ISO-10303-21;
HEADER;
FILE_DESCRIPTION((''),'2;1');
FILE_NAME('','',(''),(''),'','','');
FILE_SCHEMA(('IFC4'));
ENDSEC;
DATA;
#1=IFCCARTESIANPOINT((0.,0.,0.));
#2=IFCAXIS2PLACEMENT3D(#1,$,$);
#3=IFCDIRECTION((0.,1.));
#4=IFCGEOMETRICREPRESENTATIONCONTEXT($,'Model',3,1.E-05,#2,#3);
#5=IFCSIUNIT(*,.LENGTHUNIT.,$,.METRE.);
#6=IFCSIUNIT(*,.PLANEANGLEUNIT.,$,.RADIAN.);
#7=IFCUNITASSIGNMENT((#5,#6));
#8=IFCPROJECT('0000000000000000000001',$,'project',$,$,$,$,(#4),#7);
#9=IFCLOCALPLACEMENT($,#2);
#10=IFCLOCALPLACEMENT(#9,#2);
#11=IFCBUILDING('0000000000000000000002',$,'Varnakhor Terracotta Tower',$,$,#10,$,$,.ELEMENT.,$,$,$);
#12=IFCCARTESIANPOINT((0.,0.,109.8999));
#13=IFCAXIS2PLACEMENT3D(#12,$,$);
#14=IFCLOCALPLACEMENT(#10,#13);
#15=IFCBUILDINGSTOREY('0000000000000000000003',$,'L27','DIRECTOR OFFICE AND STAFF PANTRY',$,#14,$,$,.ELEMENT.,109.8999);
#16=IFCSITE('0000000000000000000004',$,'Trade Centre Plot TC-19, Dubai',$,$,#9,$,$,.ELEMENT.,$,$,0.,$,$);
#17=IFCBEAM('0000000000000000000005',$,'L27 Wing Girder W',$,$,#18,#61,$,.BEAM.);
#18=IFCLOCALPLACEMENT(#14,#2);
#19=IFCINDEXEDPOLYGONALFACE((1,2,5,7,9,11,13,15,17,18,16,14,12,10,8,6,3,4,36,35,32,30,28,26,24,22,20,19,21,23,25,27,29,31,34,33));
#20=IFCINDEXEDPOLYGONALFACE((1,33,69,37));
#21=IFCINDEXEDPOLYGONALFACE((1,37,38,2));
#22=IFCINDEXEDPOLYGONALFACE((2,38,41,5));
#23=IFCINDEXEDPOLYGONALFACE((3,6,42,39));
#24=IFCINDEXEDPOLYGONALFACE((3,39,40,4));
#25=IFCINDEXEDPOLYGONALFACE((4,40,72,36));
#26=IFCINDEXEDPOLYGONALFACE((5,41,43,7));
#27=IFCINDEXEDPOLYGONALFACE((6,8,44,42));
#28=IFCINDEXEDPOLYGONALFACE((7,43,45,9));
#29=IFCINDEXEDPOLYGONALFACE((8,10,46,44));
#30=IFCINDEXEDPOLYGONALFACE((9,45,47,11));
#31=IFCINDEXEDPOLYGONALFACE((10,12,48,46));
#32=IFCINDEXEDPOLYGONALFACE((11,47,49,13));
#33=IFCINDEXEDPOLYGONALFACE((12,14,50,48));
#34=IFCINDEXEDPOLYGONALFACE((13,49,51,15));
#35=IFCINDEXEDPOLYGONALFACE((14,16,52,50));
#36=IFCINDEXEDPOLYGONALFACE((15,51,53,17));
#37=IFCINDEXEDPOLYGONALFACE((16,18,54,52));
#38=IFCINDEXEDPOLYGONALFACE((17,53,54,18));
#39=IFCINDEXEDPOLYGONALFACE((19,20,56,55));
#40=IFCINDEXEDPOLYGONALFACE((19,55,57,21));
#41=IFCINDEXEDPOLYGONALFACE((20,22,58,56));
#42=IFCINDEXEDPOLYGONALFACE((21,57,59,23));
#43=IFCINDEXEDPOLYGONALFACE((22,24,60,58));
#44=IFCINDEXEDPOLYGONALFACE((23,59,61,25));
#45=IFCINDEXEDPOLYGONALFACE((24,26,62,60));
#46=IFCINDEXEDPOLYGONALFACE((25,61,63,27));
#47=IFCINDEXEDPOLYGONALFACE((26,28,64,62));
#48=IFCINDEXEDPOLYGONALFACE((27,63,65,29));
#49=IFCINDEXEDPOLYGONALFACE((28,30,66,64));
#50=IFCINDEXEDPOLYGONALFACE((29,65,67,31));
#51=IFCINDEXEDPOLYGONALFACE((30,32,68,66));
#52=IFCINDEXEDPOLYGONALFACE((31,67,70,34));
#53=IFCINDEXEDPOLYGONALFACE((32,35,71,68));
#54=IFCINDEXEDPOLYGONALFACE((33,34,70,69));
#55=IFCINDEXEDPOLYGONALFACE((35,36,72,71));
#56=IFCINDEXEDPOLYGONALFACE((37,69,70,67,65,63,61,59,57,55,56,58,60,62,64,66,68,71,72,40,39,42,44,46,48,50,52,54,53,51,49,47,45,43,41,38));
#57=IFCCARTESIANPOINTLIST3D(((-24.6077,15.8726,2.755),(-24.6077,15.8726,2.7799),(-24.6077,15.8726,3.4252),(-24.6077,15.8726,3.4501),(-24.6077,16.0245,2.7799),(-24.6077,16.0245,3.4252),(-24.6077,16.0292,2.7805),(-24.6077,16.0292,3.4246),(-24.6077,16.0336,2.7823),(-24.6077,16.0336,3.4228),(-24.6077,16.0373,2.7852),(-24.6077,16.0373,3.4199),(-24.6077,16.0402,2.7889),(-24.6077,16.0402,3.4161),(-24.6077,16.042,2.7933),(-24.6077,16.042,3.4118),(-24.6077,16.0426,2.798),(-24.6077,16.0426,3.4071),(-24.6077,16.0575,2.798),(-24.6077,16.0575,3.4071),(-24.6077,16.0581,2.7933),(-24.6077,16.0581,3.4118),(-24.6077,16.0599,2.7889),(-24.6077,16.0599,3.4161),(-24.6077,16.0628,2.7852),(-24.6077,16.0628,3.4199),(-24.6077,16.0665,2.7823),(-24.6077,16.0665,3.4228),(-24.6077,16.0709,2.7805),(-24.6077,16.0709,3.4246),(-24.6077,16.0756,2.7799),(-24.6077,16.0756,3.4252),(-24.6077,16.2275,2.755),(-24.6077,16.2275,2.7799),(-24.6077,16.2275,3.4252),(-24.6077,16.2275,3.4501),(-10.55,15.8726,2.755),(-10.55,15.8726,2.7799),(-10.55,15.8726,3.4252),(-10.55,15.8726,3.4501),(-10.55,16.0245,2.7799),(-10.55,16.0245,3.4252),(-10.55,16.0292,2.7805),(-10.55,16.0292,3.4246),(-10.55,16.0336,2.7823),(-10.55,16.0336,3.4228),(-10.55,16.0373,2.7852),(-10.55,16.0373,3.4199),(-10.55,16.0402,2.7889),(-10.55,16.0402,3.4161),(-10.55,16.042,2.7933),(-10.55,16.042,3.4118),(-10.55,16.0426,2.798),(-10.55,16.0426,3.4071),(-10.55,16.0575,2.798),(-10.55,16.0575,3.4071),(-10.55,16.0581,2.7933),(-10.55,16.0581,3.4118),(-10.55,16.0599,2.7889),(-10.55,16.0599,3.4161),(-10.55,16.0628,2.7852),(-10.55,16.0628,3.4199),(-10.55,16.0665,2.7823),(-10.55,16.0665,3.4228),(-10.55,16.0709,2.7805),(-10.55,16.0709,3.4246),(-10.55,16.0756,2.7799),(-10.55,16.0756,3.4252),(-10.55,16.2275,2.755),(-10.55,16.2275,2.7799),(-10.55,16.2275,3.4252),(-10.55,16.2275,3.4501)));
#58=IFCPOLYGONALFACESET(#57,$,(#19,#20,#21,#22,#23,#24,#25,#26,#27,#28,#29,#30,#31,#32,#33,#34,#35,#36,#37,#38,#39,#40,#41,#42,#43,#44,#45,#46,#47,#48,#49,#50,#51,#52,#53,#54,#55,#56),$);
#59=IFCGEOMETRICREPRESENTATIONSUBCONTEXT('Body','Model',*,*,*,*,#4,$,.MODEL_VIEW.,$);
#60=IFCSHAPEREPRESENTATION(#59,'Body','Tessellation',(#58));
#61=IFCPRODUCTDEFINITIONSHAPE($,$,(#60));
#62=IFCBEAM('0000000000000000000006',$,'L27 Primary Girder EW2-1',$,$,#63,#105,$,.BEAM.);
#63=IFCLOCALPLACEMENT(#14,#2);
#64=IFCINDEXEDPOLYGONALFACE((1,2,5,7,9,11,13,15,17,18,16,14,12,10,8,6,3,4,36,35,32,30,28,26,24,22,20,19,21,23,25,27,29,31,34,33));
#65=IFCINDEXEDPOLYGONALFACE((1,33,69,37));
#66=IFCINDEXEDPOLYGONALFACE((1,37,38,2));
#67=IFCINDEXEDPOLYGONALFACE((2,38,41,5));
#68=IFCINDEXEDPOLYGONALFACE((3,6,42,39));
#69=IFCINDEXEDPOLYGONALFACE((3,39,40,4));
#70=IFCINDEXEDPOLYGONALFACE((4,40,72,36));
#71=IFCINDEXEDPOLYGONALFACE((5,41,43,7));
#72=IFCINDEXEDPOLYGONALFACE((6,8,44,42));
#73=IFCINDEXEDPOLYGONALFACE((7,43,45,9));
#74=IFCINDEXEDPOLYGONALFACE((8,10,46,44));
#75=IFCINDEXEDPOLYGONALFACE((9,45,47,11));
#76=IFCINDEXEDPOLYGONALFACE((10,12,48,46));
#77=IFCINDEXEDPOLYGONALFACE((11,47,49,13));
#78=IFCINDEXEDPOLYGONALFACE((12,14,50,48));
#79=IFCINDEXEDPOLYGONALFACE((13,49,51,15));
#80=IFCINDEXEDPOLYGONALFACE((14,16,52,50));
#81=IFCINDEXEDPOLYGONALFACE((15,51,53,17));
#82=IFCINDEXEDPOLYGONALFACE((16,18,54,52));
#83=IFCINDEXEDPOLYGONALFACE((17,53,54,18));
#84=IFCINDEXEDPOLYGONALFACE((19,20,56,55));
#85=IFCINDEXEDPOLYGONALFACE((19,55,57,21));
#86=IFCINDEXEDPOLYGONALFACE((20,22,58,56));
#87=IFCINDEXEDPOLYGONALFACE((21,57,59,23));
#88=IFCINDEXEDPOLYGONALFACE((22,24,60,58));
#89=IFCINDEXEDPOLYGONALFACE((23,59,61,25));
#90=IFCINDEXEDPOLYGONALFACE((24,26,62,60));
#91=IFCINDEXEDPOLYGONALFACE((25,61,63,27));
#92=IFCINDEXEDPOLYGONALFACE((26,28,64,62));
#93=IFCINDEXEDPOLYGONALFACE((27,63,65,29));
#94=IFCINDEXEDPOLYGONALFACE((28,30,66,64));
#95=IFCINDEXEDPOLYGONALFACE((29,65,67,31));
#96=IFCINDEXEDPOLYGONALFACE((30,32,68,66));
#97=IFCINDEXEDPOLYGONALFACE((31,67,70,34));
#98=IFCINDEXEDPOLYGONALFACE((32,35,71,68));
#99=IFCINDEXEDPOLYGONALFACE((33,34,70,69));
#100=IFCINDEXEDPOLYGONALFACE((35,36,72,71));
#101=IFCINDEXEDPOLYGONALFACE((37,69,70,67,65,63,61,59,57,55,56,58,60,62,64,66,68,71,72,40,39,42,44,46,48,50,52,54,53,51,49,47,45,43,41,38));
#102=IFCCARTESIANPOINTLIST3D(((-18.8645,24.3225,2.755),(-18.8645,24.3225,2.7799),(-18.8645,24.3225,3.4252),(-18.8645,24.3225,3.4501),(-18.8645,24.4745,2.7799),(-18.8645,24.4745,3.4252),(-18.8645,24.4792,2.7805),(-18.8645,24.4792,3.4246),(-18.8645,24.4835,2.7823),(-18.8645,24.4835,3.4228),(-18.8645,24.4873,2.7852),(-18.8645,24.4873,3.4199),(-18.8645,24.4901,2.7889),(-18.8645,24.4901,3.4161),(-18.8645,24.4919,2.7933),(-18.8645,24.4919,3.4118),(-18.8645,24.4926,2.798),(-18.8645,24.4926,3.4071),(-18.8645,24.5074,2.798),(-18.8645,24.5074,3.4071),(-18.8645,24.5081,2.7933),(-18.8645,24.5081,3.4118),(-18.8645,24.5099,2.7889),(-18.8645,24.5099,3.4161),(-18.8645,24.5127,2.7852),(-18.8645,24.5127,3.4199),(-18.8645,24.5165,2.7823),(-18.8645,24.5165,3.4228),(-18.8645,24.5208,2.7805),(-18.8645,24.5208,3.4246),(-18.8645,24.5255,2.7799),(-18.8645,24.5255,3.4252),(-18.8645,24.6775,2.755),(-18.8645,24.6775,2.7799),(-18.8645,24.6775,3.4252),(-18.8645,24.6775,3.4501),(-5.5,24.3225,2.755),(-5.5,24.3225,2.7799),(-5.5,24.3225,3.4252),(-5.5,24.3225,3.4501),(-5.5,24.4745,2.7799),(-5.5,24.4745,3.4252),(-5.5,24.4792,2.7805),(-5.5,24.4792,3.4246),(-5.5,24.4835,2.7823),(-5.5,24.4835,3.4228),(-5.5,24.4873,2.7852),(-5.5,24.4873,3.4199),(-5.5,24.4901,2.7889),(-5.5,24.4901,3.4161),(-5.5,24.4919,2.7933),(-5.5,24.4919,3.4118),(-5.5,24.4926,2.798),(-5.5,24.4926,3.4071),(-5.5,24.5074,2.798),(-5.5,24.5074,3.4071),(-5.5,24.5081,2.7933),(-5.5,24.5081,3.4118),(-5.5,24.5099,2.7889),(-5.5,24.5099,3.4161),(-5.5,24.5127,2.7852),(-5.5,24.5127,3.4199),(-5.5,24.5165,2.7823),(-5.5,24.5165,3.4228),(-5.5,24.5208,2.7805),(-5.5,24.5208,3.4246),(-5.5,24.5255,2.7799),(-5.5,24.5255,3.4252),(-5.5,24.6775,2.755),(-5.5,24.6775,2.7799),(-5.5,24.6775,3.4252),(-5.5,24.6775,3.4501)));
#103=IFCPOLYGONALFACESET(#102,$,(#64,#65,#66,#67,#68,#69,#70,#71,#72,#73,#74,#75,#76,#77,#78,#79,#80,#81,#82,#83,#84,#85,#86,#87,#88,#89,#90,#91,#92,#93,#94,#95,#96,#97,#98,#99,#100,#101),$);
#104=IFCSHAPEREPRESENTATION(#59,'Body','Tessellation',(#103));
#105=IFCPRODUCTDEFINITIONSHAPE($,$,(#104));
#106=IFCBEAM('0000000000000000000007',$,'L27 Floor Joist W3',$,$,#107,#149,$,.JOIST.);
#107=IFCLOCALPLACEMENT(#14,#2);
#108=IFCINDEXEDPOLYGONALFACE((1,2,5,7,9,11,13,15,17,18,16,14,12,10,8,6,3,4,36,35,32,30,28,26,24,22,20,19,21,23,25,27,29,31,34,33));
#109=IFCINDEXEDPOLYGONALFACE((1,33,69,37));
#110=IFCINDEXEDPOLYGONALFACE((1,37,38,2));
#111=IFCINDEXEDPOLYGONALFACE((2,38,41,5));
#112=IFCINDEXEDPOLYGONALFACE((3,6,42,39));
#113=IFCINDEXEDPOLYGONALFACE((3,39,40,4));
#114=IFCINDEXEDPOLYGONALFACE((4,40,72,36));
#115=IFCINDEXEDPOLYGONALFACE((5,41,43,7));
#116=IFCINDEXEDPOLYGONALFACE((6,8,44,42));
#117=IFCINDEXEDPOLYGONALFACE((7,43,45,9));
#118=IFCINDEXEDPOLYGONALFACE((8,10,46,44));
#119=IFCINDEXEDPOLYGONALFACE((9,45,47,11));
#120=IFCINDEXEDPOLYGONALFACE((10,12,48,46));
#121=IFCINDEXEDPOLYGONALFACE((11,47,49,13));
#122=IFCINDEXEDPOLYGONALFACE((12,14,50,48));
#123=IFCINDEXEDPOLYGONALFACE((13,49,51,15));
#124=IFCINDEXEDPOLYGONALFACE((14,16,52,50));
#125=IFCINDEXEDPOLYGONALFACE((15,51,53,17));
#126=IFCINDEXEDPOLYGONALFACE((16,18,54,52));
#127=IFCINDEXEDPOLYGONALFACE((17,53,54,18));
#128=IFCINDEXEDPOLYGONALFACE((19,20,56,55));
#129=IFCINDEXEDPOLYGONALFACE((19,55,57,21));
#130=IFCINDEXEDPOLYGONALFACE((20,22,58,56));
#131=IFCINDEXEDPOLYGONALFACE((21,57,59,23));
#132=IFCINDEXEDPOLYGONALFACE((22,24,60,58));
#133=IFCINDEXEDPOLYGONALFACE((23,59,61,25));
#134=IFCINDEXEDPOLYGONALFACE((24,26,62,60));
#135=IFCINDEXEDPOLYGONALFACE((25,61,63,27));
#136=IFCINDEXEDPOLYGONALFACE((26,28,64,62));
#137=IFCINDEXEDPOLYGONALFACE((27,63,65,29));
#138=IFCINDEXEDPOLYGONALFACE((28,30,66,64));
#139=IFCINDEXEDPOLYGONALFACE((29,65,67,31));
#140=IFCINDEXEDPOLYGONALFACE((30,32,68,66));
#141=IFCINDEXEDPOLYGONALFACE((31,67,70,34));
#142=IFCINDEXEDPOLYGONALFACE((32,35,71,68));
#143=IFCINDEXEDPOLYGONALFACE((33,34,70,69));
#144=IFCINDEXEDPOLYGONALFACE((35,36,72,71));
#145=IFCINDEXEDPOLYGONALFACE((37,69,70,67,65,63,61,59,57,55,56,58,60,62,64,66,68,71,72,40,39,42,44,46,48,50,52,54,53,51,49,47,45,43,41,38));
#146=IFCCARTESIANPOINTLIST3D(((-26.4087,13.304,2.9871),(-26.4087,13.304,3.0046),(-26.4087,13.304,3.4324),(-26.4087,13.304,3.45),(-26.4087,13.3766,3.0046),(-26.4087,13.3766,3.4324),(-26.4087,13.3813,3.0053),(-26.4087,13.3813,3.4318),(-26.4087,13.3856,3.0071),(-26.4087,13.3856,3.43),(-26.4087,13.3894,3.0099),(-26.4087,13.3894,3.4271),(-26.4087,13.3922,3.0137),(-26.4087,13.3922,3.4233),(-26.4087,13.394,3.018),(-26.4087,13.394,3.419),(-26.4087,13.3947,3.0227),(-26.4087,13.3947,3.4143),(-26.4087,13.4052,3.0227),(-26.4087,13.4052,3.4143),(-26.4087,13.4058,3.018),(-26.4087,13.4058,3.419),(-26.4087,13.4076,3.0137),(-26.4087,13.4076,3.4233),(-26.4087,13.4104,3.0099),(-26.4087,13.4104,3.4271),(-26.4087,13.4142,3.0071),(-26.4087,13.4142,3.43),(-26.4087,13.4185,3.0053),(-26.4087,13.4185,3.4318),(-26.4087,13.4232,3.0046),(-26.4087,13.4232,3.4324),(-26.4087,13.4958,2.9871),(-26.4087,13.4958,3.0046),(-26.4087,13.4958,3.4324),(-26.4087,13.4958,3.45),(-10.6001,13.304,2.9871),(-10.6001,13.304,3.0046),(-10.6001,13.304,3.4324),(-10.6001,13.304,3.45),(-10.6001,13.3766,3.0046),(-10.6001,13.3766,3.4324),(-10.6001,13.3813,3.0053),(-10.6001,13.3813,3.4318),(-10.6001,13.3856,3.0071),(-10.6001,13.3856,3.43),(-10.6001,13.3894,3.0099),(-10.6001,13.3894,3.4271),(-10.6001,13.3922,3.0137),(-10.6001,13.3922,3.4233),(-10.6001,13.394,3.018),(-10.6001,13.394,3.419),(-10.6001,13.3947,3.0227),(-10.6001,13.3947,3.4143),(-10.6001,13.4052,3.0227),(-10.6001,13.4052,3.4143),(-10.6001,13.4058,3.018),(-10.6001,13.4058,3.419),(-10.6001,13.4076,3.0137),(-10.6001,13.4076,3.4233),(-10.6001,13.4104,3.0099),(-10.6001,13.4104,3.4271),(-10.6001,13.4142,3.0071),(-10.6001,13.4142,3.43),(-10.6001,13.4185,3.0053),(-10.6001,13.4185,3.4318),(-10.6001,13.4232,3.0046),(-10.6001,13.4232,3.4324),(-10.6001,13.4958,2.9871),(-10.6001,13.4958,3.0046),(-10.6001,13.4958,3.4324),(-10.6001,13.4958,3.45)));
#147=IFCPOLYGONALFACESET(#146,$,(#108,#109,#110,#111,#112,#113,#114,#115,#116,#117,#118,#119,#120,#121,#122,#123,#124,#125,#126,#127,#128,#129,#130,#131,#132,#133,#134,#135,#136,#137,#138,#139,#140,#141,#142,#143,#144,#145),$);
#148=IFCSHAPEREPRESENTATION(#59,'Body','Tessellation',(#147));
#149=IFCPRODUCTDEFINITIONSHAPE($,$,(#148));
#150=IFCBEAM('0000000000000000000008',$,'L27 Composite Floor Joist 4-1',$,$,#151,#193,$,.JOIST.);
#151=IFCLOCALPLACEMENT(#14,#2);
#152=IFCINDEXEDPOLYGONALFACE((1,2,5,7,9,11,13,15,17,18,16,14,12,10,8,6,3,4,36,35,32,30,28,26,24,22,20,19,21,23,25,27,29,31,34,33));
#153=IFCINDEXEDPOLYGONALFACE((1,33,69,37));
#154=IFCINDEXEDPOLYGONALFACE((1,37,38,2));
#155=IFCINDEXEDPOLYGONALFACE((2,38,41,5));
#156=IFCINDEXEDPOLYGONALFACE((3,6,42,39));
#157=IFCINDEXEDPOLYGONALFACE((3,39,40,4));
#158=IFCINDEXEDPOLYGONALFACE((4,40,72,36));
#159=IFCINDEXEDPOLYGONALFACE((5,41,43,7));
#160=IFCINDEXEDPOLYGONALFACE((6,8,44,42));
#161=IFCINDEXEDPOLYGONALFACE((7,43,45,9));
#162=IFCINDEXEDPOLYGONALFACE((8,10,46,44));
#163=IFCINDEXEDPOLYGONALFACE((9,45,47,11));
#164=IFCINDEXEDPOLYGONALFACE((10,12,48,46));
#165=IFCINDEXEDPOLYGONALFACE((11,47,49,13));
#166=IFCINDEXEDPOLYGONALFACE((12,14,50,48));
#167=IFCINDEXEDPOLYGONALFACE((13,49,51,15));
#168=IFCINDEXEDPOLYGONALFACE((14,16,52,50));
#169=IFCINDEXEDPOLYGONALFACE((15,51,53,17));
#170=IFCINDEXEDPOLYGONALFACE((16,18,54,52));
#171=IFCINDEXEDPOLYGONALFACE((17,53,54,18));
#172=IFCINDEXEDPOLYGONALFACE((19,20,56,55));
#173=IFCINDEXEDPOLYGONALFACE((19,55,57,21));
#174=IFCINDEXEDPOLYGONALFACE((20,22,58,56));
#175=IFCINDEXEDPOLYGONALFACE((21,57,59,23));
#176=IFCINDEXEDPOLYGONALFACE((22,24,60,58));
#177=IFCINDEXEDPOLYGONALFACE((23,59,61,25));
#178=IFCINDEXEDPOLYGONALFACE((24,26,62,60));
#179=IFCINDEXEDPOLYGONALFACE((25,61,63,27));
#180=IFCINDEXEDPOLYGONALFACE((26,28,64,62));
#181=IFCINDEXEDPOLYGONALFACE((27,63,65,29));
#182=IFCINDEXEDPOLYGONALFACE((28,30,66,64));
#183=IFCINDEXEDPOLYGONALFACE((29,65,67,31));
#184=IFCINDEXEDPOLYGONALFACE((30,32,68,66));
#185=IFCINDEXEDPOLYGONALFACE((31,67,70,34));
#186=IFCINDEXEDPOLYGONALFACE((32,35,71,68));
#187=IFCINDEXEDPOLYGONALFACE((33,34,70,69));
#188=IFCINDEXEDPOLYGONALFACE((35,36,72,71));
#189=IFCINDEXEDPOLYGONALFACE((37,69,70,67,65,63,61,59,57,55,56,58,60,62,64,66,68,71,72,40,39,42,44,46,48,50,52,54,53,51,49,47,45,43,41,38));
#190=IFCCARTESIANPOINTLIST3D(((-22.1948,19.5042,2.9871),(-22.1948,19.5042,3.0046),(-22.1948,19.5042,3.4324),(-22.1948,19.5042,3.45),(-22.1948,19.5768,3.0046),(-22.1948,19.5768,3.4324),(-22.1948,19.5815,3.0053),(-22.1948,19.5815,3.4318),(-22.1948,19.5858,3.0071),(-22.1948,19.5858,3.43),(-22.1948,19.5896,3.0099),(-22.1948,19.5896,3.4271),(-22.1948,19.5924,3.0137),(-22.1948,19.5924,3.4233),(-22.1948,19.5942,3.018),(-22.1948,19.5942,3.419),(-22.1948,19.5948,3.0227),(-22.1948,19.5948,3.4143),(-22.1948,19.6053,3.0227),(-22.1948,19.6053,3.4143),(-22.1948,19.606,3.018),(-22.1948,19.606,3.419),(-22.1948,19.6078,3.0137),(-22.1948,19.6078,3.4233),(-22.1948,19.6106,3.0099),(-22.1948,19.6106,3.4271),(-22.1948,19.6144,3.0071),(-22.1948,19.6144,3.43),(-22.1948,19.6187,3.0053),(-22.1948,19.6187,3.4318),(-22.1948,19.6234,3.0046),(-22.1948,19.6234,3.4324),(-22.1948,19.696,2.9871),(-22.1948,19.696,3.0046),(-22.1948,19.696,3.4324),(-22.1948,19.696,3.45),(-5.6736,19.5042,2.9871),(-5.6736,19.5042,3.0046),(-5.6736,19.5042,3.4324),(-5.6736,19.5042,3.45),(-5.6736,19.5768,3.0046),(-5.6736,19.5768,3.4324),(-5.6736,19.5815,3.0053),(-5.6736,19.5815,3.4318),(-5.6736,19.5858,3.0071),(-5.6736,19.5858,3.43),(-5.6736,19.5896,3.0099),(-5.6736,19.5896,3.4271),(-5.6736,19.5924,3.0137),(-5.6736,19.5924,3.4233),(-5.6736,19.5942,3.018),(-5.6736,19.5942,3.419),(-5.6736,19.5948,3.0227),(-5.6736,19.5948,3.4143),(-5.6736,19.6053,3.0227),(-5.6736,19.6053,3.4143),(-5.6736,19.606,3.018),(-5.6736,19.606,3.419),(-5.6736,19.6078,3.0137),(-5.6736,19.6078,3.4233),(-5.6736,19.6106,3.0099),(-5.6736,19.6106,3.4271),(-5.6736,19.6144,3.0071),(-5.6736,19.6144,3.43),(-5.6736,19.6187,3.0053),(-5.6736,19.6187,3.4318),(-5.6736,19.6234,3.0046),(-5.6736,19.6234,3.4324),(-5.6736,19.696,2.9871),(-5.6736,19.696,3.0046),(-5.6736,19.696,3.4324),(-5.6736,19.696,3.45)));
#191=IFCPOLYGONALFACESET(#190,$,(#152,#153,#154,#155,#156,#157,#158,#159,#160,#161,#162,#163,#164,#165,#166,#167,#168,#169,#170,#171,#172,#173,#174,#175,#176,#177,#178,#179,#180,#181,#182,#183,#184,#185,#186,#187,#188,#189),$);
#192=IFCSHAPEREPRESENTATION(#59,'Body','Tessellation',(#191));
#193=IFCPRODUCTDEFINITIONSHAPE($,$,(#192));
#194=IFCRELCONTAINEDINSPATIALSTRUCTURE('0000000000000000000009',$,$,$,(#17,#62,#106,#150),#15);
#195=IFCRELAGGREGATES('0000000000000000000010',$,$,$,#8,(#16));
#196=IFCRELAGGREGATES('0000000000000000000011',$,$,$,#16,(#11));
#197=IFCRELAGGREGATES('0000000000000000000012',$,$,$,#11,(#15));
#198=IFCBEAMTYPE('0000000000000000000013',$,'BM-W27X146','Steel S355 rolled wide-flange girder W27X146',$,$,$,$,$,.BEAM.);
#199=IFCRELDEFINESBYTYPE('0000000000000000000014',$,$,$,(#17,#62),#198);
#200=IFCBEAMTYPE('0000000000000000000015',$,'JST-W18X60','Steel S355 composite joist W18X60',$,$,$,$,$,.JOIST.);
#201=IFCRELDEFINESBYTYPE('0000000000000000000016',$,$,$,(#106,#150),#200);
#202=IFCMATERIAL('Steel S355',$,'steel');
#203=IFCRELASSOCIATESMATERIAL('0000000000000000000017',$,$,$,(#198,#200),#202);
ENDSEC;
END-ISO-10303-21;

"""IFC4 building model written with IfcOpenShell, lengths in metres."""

from ifc_helpers import new_model, si_unit, direction, frame, origin, origin_2d, place, context, subcontext, project, spatial, i_section, extrude, source, transform, mapped, material, material_profile, profile_set, type_object, element, save


model = new_model("IFC4")

# Units and contexts
model_context = context("Model", 3, precision=1e-05, world=origin(), true_north=direction((0.0, 1.0)))
body_context = subcontext(model_context, "Body", "Model", "MODEL_VIEW")
ifc_project = project(units=[si_unit("LENGTHUNIT", "METRE"), si_unit("PLANEANGLEUNIT", "RADIAN")], contexts=[model_context])

# Site, building, storey
site_placement = place(None, origin())
site = spatial("IfcSite", under=ifc_project, at=site_placement, Name="Trade Centre Plot TC-19, Dubai", CompositionType="ELEMENT", RefElevation=0.0)
building_placement = place(site_placement, origin())
building = spatial("IfcBuilding", under=site, at=building_placement, Name="Varnakhor Terracotta Tower", CompositionType="ELEMENT")
storey_placement = place(building_placement, frame((0.0, 0.0, 109.8999)))
storey = spatial("IfcBuildingStorey", under=building, at=storey_placement, Name="L27", Description="DIRECTOR OFFICE AND STAFF PANTRY", CompositionType="ELEMENT", Elevation=109.8999)

# Beams
ifc_material_1 = material(Name="Steel S355", Category="steel")
ifc_material_profile_1 = material_profile(ifc_material_1, i_section(OverallWidth=0.355, OverallDepth=0.6951, WebThickness=0.0149, FlangeThickness=0.0249, FilletRadius=0.0181, at=origin_2d()), Name="W27X146")
ifc_profile_set_1 = profile_set([ifc_material_profile_1], Name="Steel S355")
beam_type_1 = type_object("IfcBeamType", Name="BM-W27X146", Description="Steel S355 rolled wide-flange girder W27X146", PredefinedType="BEAM", material=ifc_profile_set_1)
shared_shape_1 = source(origin(), body_context, "Body", "SweptSolid", [
    extrude(i_section(OverallWidth=0.355, OverallDepth=0.6951, WebThickness=0.0149, FlangeThickness=0.0249, FilletRadius=0.0181, at=origin_2d()), origin(), (0.0, 0.0, 1.0), 14.0576),
])
beam_1_placement = place(storey_placement, frame((-24.6077, 16.05, 3.1025), z_axis=(1.0, 0.0, 0.0), x_axis=(0.0, 1.0, 0.0)))
element("IfcBeam", 1, at=beam_1_placement, inside=storey, type_object=beam_type_1, Name="L27 Wing Girder W", PredefinedType="BEAM", context=body_context, shape_type="MappedRepresentation", body=[
    mapped(shared_shape_1, transform((0.0, 0.0, 0.0), scale=1.0)),
])
shared_shape_2 = source(origin(), body_context, "Body", "SweptSolid", [
    extrude(i_section(OverallWidth=0.355, OverallDepth=0.6951, WebThickness=0.0149, FlangeThickness=0.0249, FilletRadius=0.0181, at=origin_2d()), origin(), (0.0, 0.0, 1.0), 13.3645),
])
beam_2_placement = place(storey_placement, frame((-18.8645, 24.5, 3.1025), z_axis=(1.0, 0.0, 0.0), x_axis=(0.0, 1.0, 0.0)))
element("IfcBeam", 2, at=beam_2_placement, inside=storey, type_object=beam_type_1, Name="L27 Primary Girder EW2-1", PredefinedType="BEAM", context=body_context, shape_type="MappedRepresentation", body=[
    mapped(shared_shape_2, transform((0.0, 0.0, 0.0), scale=1.0)),
])
ifc_material_profile_2 = material_profile(ifc_material_1, i_section(OverallWidth=0.1919, OverallDepth=0.4629, WebThickness=0.0105, FlangeThickness=0.0176, FilletRadius=0.0181, at=origin_2d()), Name="W18X60")
ifc_profile_set_2 = profile_set([ifc_material_profile_2], Name="Steel S355")
beam_type_2 = type_object("IfcBeamType", Name="JST-W18X60", Description="Steel S355 composite joist W18X60", PredefinedType="JOIST", material=ifc_profile_set_2)
shared_shape_3 = source(origin(), body_context, "Body", "SweptSolid", [
    extrude(i_section(OverallWidth=0.1919, OverallDepth=0.4629, WebThickness=0.0105, FlangeThickness=0.0176, FilletRadius=0.0181, at=origin_2d()), origin(), (0.0, 0.0, 1.0), 15.8086),
])
beam_3_placement = place(storey_placement, frame((-26.4087, 13.3999, 3.2185), z_axis=(1.0, 0.0, 0.0), x_axis=(0.0, 1.0, 0.0)))
element("IfcBeam", 3, at=beam_3_placement, inside=storey, type_object=beam_type_2, Name="L27 Floor Joist W3", PredefinedType="JOIST", context=body_context, shape_type="MappedRepresentation", body=[
    mapped(shared_shape_3, transform((0.0, 0.0, 0.0), scale=1.0)),
])
shared_shape_4 = source(origin(), body_context, "Body", "SweptSolid", [
    extrude(i_section(OverallWidth=0.1919, OverallDepth=0.4629, WebThickness=0.0105, FlangeThickness=0.0176, FilletRadius=0.0181, at=origin_2d()), origin(), (0.0, 0.0, 1.0), 16.5212),
])
beam_4_placement = place(storey_placement, frame((-22.1948, 19.6001, 3.2185), z_axis=(1.0, 0.0, 0.0), x_axis=(0.0, 1.0, 0.0)))
element("IfcBeam", 4, at=beam_4_placement, inside=storey, type_object=beam_type_2, Name="L27 Composite Floor Joist 4-1", PredefinedType="JOIST", context=body_context, shape_type="MappedRepresentation", body=[
    mapped(shared_shape_4, transform((0.0, 0.0, 0.0), scale=1.0)),
])

save(model, "model.ifc")
